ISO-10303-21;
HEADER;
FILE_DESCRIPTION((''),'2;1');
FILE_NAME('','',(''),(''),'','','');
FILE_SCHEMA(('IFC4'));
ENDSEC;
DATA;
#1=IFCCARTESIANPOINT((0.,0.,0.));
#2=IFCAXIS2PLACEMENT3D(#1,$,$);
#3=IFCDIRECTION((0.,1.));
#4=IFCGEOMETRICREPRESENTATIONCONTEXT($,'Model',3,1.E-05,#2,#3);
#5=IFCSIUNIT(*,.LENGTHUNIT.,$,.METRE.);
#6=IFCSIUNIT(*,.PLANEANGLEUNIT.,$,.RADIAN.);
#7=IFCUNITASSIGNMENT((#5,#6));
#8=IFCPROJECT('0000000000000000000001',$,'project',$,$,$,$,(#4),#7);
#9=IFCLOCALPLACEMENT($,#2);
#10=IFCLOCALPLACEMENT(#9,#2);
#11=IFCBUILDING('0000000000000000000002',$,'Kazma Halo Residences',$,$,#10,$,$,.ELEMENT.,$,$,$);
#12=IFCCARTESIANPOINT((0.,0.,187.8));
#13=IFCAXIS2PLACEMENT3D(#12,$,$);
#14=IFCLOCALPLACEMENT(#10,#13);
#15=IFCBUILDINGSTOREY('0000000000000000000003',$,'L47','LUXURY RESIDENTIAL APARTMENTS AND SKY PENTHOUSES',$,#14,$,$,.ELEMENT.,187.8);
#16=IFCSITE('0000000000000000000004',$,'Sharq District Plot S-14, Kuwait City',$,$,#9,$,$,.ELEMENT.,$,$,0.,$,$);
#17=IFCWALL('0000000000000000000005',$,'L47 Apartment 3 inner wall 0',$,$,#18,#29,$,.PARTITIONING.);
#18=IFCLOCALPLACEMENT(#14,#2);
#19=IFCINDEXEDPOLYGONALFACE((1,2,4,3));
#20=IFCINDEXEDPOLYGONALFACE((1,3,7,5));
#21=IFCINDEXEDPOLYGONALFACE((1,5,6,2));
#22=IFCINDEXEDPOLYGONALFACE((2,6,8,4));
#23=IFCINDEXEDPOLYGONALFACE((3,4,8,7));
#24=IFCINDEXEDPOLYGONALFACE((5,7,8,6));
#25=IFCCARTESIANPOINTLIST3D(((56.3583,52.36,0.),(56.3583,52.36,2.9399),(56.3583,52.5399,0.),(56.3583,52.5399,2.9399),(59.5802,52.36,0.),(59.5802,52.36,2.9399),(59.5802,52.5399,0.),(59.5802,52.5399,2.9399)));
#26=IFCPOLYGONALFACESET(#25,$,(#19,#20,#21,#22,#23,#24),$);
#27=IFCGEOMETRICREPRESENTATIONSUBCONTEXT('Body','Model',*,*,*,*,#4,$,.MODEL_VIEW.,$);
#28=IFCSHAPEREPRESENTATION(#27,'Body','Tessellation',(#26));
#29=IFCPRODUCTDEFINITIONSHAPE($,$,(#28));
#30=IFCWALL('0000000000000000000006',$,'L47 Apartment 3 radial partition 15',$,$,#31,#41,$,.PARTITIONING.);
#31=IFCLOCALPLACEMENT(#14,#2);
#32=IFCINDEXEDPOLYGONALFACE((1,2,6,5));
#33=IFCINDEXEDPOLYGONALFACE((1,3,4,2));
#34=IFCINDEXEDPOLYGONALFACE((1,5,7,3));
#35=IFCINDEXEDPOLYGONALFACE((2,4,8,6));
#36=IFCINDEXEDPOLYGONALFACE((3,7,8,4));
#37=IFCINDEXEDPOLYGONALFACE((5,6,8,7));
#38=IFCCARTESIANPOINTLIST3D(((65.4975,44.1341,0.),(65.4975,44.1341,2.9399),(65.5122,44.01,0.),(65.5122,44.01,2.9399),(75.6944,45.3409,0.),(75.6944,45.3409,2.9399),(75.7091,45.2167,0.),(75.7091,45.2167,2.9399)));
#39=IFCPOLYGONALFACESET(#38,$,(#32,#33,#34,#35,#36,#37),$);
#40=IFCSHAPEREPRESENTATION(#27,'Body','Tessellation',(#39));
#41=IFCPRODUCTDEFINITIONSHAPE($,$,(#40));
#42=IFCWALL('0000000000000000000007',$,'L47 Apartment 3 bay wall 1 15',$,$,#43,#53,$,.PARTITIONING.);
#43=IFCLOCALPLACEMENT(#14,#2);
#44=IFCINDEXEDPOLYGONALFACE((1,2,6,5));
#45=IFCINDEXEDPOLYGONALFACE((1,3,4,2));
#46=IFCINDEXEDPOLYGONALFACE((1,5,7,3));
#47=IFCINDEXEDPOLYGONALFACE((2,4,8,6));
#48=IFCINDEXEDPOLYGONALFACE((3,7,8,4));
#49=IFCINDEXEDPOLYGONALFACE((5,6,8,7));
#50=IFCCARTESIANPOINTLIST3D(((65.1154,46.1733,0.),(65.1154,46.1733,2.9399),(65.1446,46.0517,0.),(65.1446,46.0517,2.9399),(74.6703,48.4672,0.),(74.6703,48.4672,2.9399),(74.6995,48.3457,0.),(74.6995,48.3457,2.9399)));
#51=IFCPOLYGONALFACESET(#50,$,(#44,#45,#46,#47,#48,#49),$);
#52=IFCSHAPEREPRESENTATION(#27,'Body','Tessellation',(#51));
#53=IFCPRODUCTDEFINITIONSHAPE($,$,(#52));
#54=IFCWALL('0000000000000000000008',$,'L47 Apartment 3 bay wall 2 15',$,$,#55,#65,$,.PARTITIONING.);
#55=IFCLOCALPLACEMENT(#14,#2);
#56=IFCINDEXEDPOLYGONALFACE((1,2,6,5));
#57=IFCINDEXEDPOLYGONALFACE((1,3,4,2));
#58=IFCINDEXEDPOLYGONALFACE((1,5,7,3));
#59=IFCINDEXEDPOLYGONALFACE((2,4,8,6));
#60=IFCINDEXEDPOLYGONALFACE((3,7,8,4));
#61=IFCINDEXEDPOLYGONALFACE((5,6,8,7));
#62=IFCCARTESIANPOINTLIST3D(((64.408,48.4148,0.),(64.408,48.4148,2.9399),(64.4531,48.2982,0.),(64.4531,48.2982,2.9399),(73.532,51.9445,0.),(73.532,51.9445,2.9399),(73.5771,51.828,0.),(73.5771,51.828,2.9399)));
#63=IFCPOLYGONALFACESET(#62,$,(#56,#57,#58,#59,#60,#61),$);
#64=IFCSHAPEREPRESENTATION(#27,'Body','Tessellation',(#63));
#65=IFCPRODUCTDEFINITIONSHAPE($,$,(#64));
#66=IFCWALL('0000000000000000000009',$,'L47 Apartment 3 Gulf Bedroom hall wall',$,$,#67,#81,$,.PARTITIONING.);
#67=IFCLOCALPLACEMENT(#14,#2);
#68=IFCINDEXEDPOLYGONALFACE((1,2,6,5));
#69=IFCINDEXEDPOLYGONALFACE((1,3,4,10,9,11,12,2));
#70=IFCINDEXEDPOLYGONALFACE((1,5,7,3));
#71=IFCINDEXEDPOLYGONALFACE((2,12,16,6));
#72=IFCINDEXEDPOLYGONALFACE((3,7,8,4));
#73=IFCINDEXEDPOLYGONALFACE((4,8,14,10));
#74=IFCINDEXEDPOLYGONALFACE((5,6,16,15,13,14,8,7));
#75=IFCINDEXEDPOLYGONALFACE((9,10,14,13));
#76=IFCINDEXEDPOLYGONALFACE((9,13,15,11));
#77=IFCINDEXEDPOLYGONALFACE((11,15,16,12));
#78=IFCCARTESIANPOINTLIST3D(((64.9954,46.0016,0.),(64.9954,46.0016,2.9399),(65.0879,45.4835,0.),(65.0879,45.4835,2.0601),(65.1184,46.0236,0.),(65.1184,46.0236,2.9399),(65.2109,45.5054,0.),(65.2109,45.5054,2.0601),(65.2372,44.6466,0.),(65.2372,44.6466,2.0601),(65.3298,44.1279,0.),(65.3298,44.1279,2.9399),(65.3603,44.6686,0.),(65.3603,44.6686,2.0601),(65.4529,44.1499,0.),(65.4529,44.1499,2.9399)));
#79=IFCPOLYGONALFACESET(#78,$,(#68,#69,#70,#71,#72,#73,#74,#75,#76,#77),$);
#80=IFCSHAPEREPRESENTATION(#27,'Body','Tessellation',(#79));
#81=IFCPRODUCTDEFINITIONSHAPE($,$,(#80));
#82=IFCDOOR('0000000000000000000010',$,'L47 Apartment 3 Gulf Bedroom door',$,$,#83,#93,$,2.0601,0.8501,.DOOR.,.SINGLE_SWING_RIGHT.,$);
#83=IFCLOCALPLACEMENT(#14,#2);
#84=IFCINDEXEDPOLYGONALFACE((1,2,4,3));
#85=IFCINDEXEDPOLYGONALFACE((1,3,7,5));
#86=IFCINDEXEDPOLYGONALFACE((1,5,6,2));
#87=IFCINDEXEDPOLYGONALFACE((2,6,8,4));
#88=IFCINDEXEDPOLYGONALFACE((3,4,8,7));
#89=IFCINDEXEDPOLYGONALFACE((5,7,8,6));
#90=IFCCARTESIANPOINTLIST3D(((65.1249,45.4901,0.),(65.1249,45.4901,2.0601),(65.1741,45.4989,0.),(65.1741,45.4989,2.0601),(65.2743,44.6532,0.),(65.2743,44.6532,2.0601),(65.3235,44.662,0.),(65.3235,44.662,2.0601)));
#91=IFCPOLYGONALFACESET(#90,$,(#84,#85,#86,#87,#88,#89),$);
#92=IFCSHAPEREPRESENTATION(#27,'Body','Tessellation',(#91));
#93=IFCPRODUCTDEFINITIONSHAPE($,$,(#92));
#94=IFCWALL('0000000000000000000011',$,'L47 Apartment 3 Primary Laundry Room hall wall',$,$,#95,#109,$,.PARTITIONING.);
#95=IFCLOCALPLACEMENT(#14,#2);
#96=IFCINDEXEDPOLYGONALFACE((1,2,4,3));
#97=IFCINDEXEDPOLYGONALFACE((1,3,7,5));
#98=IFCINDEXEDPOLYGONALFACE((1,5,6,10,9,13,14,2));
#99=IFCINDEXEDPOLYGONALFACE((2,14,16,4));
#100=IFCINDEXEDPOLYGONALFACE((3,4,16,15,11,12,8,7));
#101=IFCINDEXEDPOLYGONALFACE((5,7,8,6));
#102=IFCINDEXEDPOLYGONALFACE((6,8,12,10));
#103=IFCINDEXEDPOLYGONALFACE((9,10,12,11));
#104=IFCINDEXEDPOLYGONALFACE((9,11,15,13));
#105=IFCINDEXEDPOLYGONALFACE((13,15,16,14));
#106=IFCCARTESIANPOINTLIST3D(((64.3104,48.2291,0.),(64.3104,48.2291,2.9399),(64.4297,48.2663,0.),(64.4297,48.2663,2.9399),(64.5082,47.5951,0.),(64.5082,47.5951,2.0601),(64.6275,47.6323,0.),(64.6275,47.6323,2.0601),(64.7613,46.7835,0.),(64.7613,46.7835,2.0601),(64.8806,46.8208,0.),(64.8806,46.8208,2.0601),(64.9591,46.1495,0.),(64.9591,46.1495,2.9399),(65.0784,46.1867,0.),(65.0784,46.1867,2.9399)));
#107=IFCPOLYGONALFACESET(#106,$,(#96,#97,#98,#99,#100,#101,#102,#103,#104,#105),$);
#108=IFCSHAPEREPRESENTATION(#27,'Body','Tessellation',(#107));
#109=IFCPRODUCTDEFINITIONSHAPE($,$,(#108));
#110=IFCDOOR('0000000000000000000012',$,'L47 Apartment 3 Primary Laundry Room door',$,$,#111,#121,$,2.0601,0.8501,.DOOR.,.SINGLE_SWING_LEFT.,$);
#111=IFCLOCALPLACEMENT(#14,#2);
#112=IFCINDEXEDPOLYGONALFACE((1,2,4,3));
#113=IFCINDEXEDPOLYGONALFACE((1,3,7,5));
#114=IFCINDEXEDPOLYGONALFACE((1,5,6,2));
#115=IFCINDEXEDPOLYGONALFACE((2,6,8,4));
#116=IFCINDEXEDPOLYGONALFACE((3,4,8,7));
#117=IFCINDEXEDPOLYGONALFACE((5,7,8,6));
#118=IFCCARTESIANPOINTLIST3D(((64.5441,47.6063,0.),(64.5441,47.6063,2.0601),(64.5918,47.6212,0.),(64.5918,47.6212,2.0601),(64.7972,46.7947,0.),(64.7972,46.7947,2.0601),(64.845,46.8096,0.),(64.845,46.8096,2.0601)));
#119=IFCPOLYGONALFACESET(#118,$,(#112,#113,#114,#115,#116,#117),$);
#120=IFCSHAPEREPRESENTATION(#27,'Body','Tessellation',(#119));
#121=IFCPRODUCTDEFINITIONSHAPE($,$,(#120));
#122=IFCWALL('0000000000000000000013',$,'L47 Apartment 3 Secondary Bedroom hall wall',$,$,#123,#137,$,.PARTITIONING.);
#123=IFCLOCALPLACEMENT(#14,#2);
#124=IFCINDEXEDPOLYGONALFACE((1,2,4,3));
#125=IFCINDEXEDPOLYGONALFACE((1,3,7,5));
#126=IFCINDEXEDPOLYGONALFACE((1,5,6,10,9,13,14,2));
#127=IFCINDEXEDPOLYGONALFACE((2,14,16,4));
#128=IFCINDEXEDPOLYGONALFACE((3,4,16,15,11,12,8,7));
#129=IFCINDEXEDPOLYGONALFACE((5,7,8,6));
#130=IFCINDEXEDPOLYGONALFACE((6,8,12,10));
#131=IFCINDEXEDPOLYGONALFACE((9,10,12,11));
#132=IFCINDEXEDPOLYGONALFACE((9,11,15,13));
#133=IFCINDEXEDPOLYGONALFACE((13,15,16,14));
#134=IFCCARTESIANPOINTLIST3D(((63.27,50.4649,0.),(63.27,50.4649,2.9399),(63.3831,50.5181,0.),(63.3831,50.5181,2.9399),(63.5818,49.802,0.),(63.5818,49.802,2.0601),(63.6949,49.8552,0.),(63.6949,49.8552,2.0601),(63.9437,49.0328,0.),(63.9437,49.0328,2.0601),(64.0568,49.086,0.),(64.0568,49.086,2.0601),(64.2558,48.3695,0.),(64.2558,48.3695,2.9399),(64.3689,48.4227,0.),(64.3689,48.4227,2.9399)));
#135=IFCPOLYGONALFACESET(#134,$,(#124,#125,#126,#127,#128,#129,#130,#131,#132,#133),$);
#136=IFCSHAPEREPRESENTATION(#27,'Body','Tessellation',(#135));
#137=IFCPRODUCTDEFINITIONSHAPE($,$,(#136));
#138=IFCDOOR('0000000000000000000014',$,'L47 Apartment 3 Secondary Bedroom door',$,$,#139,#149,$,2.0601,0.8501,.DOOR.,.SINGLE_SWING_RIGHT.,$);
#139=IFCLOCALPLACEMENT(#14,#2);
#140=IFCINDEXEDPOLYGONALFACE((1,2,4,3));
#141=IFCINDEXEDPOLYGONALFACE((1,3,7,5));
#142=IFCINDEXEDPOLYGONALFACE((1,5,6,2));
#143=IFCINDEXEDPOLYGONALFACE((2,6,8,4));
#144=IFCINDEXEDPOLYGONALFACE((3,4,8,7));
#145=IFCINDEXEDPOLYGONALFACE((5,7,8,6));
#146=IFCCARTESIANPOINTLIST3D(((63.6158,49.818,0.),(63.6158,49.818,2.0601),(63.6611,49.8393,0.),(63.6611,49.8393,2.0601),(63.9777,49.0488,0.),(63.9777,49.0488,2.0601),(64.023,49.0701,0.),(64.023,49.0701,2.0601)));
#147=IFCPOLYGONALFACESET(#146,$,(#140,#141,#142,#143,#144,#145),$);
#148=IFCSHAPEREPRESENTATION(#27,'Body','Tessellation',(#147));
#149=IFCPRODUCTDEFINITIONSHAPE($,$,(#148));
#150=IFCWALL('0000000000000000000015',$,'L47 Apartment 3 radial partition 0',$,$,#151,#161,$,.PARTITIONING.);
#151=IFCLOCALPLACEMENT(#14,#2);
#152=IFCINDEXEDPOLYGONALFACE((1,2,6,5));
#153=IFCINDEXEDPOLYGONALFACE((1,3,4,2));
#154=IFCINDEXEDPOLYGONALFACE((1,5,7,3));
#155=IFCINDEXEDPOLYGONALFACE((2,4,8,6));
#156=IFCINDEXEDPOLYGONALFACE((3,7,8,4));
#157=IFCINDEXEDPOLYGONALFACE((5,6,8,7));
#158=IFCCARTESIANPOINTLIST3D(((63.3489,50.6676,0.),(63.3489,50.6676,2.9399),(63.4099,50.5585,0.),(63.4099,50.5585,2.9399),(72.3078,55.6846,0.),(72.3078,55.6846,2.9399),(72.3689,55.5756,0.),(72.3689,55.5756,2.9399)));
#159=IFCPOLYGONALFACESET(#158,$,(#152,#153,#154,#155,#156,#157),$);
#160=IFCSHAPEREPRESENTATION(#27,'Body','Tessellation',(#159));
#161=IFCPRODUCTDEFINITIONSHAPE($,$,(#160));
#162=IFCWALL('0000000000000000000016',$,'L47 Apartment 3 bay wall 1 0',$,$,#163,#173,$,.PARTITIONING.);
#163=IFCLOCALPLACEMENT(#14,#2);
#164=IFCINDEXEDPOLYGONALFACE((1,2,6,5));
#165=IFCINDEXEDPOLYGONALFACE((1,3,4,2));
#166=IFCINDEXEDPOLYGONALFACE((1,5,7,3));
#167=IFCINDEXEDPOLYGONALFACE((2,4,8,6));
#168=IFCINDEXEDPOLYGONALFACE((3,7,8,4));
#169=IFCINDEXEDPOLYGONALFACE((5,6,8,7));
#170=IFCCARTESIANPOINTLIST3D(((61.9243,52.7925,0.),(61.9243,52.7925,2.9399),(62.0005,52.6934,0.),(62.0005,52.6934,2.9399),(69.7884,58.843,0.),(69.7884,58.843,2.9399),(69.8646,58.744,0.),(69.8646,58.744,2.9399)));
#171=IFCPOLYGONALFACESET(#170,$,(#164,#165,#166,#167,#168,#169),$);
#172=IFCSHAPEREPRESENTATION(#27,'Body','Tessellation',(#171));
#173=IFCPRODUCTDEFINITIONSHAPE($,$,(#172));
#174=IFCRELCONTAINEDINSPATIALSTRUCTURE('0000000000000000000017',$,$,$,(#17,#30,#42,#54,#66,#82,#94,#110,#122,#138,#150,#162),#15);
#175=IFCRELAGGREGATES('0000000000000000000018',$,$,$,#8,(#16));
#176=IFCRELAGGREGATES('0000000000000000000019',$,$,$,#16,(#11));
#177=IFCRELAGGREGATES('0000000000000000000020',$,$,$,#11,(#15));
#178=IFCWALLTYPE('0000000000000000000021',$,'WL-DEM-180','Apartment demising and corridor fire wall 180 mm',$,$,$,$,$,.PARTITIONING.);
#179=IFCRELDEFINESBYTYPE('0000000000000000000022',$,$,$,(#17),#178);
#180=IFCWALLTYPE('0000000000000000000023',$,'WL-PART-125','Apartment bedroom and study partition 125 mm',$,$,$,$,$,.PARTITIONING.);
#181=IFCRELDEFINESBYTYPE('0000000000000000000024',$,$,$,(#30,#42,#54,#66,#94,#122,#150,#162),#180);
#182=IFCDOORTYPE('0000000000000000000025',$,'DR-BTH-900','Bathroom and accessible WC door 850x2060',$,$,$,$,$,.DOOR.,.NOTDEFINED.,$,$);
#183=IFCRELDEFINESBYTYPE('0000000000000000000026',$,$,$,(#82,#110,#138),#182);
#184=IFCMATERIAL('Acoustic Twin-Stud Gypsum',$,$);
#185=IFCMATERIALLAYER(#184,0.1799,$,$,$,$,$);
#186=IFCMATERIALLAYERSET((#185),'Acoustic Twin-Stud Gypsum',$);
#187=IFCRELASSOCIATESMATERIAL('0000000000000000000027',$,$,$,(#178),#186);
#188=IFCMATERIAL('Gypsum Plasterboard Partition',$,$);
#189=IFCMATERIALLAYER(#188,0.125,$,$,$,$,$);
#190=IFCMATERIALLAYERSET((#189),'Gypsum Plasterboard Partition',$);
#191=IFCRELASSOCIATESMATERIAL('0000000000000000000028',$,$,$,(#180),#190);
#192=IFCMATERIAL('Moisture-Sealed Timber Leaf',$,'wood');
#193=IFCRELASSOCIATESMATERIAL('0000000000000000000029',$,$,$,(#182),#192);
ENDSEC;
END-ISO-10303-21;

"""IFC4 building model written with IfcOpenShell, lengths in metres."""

from ifc_helpers import new_model, si_unit, direction, frame, frame_2d, origin, place, context, subcontext, project, spatial, rectangle, extrude, material, layer, layer_set, type_object, element, fill, save


model = new_model("IFC4")

# Units and contexts
model_context = context("Model", 3, precision=1e-05, world=origin(), true_north=direction((0.0, 1.0)))
body_context = subcontext(model_context, "Body", "Model", "MODEL_VIEW")
ifc_project = project(units=[si_unit("LENGTHUNIT", "METRE"), si_unit("PLANEANGLEUNIT", "RADIAN")], contexts=[model_context])

# Site, building, storey
site_placement = place(None, origin())
site = spatial("IfcSite", under=ifc_project, at=site_placement, Name="Sharq District Plot S-14, Kuwait City", CompositionType="ELEMENT", RefElevation=0.0)
building_placement = place(site_placement, origin())
building = spatial("IfcBuilding", under=site, at=building_placement, Name="Kazma Halo Residences", CompositionType="ELEMENT")
storey_placement = place(building_placement, frame((0.0, 0.0, 187.8)))
storey = spatial("IfcBuildingStorey", under=building, at=storey_placement, Name="L47", Description="LUXURY RESIDENTIAL APARTMENTS AND SKY PENTHOUSES", CompositionType="ELEMENT", Elevation=187.8)

# Walls
ifc_material_1 = material(Name="Acoustic Twin-Stud Gypsum")
ifc_layer_1 = layer(ifc_material_1, 0.1799)
ifc_layer_set_1 = layer_set([ifc_layer_1], Name="Acoustic Twin-Stud Gypsum")
wall_type_1 = type_object("IfcWallType", Name="WL-DEM-180", Description="Apartment demising and corridor fire wall 180 mm", PredefinedType="PARTITIONING", material=ifc_layer_set_1)
wall_1_placement = place(storey_placement, frame((59.5801, 52.45, 0.0), z_axis=(0.0, 0.0, 1.0), x_axis=(-1.0, 0.0, 0.0)))
element("IfcWall", 1, at=wall_1_placement, inside=storey, type_object=wall_type_1, Name="L47 Apartment 3 inner wall 0", PredefinedType="PARTITIONING", context=body_context, shape_type="SweptSolid", body=[
    extrude(rectangle(XDim=3.2219, YDim=0.1799, at=frame_2d((1.6108, 0.0))), origin(), (0.0, 0.0, 1.0), 2.9399),
])
ifc_material_2 = material(Name="Gypsum Plasterboard Partition")
ifc_layer_2 = layer(ifc_material_2, 0.125)
ifc_layer_set_2 = layer_set([ifc_layer_2], Name="Gypsum Plasterboard Partition")
wall_type_2 = type_object("IfcWallType", Name="WL-PART-125", Description="Apartment bedroom and study partition 125 mm", PredefinedType="PARTITIONING", material=ifc_layer_set_2)
wall_2_placement = place(storey_placement, frame((65.5049, 44.072, 0.0), z_axis=(0.0, 0.0, 1.0), x_axis=(0.99307, 0.117527, 0.0)))
element("IfcWall", 2, at=wall_2_placement, inside=storey, type_object=wall_type_2, Name="L47 Apartment 3 radial partition 15", PredefinedType="PARTITIONING", context=body_context, shape_type="SweptSolid", body=[
    extrude(rectangle(XDim=10.2681, YDim=0.125, at=frame_2d((5.134, 0.0))), origin(), (0.0, 0.0, 1.0), 2.9399),
])
wall_3_placement = place(storey_placement, frame((65.1301, 46.1125, 0.0), z_axis=(0.0, 0.0, 1.0), x_axis=(0.97237, 0.233446, 0.0)))
element("IfcWall", 3, at=wall_3_placement, inside=storey, type_object=wall_type_2, Name="L47 Apartment 3 bay wall 1 15", PredefinedType="PARTITIONING", context=body_context, shape_type="SweptSolid", body=[
    extrude(rectangle(XDim=9.8264, YDim=0.125, at=frame_2d((4.9131, 0.0))), origin(), (0.0, 0.0, 1.0), 2.9399),
])
wall_4_placement = place(storey_placement, frame((64.4304, 48.3564, 0.0), z_axis=(0.0, 0.0, 1.0), x_axis=(0.93264, 0.360808, 0.0)))
element("IfcWall", 4, at=wall_4_placement, inside=storey, type_object=wall_type_2, Name="L47 Apartment 3 bay wall 2 15", PredefinedType="PARTITIONING", context=body_context, shape_type="SweptSolid", body=[
    extrude(rectangle(XDim=9.783, YDim=0.125, at=frame_2d((4.8916, 0.0))), origin(), (0.0, 0.0, 1.0), 2.9399),
])

# Walls, openings, doors
wall_5_placement = place(storey_placement, frame((65.3914, 44.1389, 0.0), z_axis=(0.0, 0.0, 1.0), x_axis=(-0.175724, 0.984439, 0.0)))
wall_5 = element("IfcWall", 5, at=wall_5_placement, inside=storey, type_object=wall_type_2, Name="L47 Apartment 3 Gulf Bedroom hall wall", PredefinedType="PARTITIONING", context=body_context, shape_type="SweptSolid", body=[
    extrude(rectangle(XDim=1.9033, YDim=0.125, at=frame_2d((0.9517, 0.0))), origin(), (0.0, 0.0, 1.0), 2.9399),
])
opening_1_placement = place(wall_5_placement, frame((0.5269, 0.0, 0.0)))
opening_1 = element("IfcOpeningElement", 6, at=opening_1_placement, cuts=wall_5, PredefinedType="OPENING", context=body_context, shape_type="SweptSolid", body=[
    extrude(rectangle(XDim=0.8501, YDim=2.0601, at=frame_2d((0.425, 1.03))), frame((0.0, 0.0725, 0.0), z_axis=(0.0, -1.0, 0.0), x_axis=(1.0, 0.0, 0.0)), (0.0, 0.0, 1.0), 0.145),
])
ifc_material_3 = material(Name="Moisture-Sealed Timber Leaf", Category="wood")
door_type = type_object("IfcDoorType", Name="DR-BTH-900", Description="Bathroom and accessible WC door 850x2060", OperationType="NOTDEFINED", PredefinedType="DOOR", material=ifc_material_3)
door_1_placement = place(opening_1_placement, origin())
door_1 = element("IfcDoor", 7, at=door_1_placement, inside=storey, type_object=door_type, Name="L47 Apartment 3 Gulf Bedroom door", OperationType="SINGLE_SWING_RIGHT", OverallHeight=2.0601, OverallWidth=0.8501, PredefinedType="DOOR", context=body_context, shape_type="SweptSolid", body=[
    extrude(rectangle(XDim=0.8501, YDim=2.0601, at=frame_2d((0.425, 1.03))), frame((0.0, 0.0249, 0.0), z_axis=(0.0, -1.0, 0.0), x_axis=(1.0, 0.0, 0.0)), (0.0, 0.0, 1.0), 0.05),
])
fill(opening_1, door_1)
wall_6_placement = place(storey_placement, frame((65.0188, 46.168, 0.0), z_axis=(0.0, 0.0, 1.0), x_axis=(-0.297777, 0.954635, 0.0)))
wall_6 = element("IfcWall", 8, at=wall_6_placement, inside=storey, type_object=wall_type_2, Name="L47 Apartment 3 Primary Laundry Room hall wall", PredefinedType="PARTITIONING", context=body_context, shape_type="SweptSolid", body=[
    extrude(rectangle(XDim=2.1785, YDim=0.125, at=frame_2d((1.0894, 0.0))), origin(), (0.0, 0.0, 1.0), 2.9399),
])
opening_2_placement = place(wall_6_placement, frame((0.6643, 0.0, 0.0)))
opening_2 = element("IfcOpeningElement", 9, at=opening_2_placement, cuts=wall_6, PredefinedType="OPENING", context=body_context, shape_type="SweptSolid", body=[
    extrude(rectangle(XDim=0.8501, YDim=2.0601, at=frame_2d((0.425, 1.03))), frame((0.0, 0.0725, 0.0), z_axis=(0.0, -1.0, 0.0), x_axis=(1.0, 0.0, 0.0)), (0.0, 0.0, 1.0), 0.145),
])
door_2_placement = place(opening_2_placement, origin())
door_2 = element("IfcDoor", 10, at=door_2_placement, inside=storey, type_object=door_type, Name="L47 Apartment 3 Primary Laundry Room door", OperationType="SINGLE_SWING_LEFT", OverallHeight=2.0601, OverallWidth=0.8501, PredefinedType="DOOR", context=body_context, shape_type="SweptSolid", body=[
    extrude(rectangle(XDim=0.8501, YDim=2.0601, at=frame_2d((0.425, 1.03))), frame((0.0, 0.0249, 0.0), z_axis=(0.0, -1.0, 0.0), x_axis=(1.0, 0.0, 0.0)), (0.0, 0.0, 1.0), 0.05),
])
fill(opening_2, door_2)
wall_7_placement = place(storey_placement, frame((64.3123, 48.3962, 0.0), z_axis=(0.0, 0.0, 1.0), x_axis=(-0.425706, 0.904862, 0.0)))
wall_7 = element("IfcWall", 11, at=wall_7_placement, inside=storey, type_object=wall_type_2, Name="L47 Apartment 3 Secondary Bedroom hall wall", PredefinedType="PARTITIONING", context=body_context, shape_type="SweptSolid", body=[
    extrude(rectangle(XDim=2.3157, YDim=0.125, at=frame_2d((1.1577, 0.0))), origin(), (0.0, 0.0, 1.0), 2.9399),
])
opening_3_placement = place(wall_7_placement, frame((0.7329, 0.0, 0.0)))
opening_3 = element("IfcOpeningElement", 12, at=opening_3_placement, cuts=wall_7, PredefinedType="OPENING", context=body_context, shape_type="SweptSolid", body=[
    extrude(rectangle(XDim=0.8501, YDim=2.0601, at=frame_2d((0.425, 1.03))), frame((0.0, 0.0725, 0.0), z_axis=(0.0, -1.0, 0.0), x_axis=(1.0, 0.0, 0.0)), (0.0, 0.0, 1.0), 0.145),
])
door_3_placement = place(opening_3_placement, origin())
door_3 = element("IfcDoor", 13, at=door_3_placement, inside=storey, type_object=door_type, Name="L47 Apartment 3 Secondary Bedroom door", OperationType="SINGLE_SWING_RIGHT", OverallHeight=2.0601, OverallWidth=0.8501, PredefinedType="DOOR", context=body_context, shape_type="SweptSolid", body=[
    extrude(rectangle(XDim=0.8501, YDim=2.0601, at=frame_2d((0.425, 1.03))), frame((0.0, 0.0249, 0.0), z_axis=(0.0, -1.0, 0.0), x_axis=(1.0, 0.0, 0.0)), (0.0, 0.0, 1.0), 0.05),
])
fill(opening_3, door_3)

# Walls
wall_8_placement = place(storey_placement, frame((63.3794, 50.613, 0.0), z_axis=(0.0, 0.0, 1.0), x_axis=(0.872504, 0.488608, 0.0)))
element("IfcWall", 14, at=wall_8_placement, inside=storey, type_object=wall_type_2, Name="L47 Apartment 3 radial partition 0", PredefinedType="PARTITIONING", context=body_context, shape_type="SweptSolid", body=[
    extrude(rectangle(XDim=10.2681, YDim=0.125, at=frame_2d((5.134, 0.0))), origin(), (0.0, 0.0, 1.0), 2.9399),
])
wall_9_placement = place(storey_placement, frame((61.9624, 52.7429, 0.0), z_axis=(0.0, 0.0, 1.0), x_axis=(0.792561, 0.609793, 0.0)))
element("IfcWall", 15, at=wall_9_placement, inside=storey, type_object=wall_type_2, Name="L47 Apartment 3 bay wall 1 0", PredefinedType="PARTITIONING", context=body_context, shape_type="SweptSolid", body=[
    extrude(rectangle(XDim=9.9224, YDim=0.125, at=frame_2d((4.9612, 0.0))), origin(), (0.0, 0.0, 1.0), 2.9399),
])

save(model, "model.ifc")
